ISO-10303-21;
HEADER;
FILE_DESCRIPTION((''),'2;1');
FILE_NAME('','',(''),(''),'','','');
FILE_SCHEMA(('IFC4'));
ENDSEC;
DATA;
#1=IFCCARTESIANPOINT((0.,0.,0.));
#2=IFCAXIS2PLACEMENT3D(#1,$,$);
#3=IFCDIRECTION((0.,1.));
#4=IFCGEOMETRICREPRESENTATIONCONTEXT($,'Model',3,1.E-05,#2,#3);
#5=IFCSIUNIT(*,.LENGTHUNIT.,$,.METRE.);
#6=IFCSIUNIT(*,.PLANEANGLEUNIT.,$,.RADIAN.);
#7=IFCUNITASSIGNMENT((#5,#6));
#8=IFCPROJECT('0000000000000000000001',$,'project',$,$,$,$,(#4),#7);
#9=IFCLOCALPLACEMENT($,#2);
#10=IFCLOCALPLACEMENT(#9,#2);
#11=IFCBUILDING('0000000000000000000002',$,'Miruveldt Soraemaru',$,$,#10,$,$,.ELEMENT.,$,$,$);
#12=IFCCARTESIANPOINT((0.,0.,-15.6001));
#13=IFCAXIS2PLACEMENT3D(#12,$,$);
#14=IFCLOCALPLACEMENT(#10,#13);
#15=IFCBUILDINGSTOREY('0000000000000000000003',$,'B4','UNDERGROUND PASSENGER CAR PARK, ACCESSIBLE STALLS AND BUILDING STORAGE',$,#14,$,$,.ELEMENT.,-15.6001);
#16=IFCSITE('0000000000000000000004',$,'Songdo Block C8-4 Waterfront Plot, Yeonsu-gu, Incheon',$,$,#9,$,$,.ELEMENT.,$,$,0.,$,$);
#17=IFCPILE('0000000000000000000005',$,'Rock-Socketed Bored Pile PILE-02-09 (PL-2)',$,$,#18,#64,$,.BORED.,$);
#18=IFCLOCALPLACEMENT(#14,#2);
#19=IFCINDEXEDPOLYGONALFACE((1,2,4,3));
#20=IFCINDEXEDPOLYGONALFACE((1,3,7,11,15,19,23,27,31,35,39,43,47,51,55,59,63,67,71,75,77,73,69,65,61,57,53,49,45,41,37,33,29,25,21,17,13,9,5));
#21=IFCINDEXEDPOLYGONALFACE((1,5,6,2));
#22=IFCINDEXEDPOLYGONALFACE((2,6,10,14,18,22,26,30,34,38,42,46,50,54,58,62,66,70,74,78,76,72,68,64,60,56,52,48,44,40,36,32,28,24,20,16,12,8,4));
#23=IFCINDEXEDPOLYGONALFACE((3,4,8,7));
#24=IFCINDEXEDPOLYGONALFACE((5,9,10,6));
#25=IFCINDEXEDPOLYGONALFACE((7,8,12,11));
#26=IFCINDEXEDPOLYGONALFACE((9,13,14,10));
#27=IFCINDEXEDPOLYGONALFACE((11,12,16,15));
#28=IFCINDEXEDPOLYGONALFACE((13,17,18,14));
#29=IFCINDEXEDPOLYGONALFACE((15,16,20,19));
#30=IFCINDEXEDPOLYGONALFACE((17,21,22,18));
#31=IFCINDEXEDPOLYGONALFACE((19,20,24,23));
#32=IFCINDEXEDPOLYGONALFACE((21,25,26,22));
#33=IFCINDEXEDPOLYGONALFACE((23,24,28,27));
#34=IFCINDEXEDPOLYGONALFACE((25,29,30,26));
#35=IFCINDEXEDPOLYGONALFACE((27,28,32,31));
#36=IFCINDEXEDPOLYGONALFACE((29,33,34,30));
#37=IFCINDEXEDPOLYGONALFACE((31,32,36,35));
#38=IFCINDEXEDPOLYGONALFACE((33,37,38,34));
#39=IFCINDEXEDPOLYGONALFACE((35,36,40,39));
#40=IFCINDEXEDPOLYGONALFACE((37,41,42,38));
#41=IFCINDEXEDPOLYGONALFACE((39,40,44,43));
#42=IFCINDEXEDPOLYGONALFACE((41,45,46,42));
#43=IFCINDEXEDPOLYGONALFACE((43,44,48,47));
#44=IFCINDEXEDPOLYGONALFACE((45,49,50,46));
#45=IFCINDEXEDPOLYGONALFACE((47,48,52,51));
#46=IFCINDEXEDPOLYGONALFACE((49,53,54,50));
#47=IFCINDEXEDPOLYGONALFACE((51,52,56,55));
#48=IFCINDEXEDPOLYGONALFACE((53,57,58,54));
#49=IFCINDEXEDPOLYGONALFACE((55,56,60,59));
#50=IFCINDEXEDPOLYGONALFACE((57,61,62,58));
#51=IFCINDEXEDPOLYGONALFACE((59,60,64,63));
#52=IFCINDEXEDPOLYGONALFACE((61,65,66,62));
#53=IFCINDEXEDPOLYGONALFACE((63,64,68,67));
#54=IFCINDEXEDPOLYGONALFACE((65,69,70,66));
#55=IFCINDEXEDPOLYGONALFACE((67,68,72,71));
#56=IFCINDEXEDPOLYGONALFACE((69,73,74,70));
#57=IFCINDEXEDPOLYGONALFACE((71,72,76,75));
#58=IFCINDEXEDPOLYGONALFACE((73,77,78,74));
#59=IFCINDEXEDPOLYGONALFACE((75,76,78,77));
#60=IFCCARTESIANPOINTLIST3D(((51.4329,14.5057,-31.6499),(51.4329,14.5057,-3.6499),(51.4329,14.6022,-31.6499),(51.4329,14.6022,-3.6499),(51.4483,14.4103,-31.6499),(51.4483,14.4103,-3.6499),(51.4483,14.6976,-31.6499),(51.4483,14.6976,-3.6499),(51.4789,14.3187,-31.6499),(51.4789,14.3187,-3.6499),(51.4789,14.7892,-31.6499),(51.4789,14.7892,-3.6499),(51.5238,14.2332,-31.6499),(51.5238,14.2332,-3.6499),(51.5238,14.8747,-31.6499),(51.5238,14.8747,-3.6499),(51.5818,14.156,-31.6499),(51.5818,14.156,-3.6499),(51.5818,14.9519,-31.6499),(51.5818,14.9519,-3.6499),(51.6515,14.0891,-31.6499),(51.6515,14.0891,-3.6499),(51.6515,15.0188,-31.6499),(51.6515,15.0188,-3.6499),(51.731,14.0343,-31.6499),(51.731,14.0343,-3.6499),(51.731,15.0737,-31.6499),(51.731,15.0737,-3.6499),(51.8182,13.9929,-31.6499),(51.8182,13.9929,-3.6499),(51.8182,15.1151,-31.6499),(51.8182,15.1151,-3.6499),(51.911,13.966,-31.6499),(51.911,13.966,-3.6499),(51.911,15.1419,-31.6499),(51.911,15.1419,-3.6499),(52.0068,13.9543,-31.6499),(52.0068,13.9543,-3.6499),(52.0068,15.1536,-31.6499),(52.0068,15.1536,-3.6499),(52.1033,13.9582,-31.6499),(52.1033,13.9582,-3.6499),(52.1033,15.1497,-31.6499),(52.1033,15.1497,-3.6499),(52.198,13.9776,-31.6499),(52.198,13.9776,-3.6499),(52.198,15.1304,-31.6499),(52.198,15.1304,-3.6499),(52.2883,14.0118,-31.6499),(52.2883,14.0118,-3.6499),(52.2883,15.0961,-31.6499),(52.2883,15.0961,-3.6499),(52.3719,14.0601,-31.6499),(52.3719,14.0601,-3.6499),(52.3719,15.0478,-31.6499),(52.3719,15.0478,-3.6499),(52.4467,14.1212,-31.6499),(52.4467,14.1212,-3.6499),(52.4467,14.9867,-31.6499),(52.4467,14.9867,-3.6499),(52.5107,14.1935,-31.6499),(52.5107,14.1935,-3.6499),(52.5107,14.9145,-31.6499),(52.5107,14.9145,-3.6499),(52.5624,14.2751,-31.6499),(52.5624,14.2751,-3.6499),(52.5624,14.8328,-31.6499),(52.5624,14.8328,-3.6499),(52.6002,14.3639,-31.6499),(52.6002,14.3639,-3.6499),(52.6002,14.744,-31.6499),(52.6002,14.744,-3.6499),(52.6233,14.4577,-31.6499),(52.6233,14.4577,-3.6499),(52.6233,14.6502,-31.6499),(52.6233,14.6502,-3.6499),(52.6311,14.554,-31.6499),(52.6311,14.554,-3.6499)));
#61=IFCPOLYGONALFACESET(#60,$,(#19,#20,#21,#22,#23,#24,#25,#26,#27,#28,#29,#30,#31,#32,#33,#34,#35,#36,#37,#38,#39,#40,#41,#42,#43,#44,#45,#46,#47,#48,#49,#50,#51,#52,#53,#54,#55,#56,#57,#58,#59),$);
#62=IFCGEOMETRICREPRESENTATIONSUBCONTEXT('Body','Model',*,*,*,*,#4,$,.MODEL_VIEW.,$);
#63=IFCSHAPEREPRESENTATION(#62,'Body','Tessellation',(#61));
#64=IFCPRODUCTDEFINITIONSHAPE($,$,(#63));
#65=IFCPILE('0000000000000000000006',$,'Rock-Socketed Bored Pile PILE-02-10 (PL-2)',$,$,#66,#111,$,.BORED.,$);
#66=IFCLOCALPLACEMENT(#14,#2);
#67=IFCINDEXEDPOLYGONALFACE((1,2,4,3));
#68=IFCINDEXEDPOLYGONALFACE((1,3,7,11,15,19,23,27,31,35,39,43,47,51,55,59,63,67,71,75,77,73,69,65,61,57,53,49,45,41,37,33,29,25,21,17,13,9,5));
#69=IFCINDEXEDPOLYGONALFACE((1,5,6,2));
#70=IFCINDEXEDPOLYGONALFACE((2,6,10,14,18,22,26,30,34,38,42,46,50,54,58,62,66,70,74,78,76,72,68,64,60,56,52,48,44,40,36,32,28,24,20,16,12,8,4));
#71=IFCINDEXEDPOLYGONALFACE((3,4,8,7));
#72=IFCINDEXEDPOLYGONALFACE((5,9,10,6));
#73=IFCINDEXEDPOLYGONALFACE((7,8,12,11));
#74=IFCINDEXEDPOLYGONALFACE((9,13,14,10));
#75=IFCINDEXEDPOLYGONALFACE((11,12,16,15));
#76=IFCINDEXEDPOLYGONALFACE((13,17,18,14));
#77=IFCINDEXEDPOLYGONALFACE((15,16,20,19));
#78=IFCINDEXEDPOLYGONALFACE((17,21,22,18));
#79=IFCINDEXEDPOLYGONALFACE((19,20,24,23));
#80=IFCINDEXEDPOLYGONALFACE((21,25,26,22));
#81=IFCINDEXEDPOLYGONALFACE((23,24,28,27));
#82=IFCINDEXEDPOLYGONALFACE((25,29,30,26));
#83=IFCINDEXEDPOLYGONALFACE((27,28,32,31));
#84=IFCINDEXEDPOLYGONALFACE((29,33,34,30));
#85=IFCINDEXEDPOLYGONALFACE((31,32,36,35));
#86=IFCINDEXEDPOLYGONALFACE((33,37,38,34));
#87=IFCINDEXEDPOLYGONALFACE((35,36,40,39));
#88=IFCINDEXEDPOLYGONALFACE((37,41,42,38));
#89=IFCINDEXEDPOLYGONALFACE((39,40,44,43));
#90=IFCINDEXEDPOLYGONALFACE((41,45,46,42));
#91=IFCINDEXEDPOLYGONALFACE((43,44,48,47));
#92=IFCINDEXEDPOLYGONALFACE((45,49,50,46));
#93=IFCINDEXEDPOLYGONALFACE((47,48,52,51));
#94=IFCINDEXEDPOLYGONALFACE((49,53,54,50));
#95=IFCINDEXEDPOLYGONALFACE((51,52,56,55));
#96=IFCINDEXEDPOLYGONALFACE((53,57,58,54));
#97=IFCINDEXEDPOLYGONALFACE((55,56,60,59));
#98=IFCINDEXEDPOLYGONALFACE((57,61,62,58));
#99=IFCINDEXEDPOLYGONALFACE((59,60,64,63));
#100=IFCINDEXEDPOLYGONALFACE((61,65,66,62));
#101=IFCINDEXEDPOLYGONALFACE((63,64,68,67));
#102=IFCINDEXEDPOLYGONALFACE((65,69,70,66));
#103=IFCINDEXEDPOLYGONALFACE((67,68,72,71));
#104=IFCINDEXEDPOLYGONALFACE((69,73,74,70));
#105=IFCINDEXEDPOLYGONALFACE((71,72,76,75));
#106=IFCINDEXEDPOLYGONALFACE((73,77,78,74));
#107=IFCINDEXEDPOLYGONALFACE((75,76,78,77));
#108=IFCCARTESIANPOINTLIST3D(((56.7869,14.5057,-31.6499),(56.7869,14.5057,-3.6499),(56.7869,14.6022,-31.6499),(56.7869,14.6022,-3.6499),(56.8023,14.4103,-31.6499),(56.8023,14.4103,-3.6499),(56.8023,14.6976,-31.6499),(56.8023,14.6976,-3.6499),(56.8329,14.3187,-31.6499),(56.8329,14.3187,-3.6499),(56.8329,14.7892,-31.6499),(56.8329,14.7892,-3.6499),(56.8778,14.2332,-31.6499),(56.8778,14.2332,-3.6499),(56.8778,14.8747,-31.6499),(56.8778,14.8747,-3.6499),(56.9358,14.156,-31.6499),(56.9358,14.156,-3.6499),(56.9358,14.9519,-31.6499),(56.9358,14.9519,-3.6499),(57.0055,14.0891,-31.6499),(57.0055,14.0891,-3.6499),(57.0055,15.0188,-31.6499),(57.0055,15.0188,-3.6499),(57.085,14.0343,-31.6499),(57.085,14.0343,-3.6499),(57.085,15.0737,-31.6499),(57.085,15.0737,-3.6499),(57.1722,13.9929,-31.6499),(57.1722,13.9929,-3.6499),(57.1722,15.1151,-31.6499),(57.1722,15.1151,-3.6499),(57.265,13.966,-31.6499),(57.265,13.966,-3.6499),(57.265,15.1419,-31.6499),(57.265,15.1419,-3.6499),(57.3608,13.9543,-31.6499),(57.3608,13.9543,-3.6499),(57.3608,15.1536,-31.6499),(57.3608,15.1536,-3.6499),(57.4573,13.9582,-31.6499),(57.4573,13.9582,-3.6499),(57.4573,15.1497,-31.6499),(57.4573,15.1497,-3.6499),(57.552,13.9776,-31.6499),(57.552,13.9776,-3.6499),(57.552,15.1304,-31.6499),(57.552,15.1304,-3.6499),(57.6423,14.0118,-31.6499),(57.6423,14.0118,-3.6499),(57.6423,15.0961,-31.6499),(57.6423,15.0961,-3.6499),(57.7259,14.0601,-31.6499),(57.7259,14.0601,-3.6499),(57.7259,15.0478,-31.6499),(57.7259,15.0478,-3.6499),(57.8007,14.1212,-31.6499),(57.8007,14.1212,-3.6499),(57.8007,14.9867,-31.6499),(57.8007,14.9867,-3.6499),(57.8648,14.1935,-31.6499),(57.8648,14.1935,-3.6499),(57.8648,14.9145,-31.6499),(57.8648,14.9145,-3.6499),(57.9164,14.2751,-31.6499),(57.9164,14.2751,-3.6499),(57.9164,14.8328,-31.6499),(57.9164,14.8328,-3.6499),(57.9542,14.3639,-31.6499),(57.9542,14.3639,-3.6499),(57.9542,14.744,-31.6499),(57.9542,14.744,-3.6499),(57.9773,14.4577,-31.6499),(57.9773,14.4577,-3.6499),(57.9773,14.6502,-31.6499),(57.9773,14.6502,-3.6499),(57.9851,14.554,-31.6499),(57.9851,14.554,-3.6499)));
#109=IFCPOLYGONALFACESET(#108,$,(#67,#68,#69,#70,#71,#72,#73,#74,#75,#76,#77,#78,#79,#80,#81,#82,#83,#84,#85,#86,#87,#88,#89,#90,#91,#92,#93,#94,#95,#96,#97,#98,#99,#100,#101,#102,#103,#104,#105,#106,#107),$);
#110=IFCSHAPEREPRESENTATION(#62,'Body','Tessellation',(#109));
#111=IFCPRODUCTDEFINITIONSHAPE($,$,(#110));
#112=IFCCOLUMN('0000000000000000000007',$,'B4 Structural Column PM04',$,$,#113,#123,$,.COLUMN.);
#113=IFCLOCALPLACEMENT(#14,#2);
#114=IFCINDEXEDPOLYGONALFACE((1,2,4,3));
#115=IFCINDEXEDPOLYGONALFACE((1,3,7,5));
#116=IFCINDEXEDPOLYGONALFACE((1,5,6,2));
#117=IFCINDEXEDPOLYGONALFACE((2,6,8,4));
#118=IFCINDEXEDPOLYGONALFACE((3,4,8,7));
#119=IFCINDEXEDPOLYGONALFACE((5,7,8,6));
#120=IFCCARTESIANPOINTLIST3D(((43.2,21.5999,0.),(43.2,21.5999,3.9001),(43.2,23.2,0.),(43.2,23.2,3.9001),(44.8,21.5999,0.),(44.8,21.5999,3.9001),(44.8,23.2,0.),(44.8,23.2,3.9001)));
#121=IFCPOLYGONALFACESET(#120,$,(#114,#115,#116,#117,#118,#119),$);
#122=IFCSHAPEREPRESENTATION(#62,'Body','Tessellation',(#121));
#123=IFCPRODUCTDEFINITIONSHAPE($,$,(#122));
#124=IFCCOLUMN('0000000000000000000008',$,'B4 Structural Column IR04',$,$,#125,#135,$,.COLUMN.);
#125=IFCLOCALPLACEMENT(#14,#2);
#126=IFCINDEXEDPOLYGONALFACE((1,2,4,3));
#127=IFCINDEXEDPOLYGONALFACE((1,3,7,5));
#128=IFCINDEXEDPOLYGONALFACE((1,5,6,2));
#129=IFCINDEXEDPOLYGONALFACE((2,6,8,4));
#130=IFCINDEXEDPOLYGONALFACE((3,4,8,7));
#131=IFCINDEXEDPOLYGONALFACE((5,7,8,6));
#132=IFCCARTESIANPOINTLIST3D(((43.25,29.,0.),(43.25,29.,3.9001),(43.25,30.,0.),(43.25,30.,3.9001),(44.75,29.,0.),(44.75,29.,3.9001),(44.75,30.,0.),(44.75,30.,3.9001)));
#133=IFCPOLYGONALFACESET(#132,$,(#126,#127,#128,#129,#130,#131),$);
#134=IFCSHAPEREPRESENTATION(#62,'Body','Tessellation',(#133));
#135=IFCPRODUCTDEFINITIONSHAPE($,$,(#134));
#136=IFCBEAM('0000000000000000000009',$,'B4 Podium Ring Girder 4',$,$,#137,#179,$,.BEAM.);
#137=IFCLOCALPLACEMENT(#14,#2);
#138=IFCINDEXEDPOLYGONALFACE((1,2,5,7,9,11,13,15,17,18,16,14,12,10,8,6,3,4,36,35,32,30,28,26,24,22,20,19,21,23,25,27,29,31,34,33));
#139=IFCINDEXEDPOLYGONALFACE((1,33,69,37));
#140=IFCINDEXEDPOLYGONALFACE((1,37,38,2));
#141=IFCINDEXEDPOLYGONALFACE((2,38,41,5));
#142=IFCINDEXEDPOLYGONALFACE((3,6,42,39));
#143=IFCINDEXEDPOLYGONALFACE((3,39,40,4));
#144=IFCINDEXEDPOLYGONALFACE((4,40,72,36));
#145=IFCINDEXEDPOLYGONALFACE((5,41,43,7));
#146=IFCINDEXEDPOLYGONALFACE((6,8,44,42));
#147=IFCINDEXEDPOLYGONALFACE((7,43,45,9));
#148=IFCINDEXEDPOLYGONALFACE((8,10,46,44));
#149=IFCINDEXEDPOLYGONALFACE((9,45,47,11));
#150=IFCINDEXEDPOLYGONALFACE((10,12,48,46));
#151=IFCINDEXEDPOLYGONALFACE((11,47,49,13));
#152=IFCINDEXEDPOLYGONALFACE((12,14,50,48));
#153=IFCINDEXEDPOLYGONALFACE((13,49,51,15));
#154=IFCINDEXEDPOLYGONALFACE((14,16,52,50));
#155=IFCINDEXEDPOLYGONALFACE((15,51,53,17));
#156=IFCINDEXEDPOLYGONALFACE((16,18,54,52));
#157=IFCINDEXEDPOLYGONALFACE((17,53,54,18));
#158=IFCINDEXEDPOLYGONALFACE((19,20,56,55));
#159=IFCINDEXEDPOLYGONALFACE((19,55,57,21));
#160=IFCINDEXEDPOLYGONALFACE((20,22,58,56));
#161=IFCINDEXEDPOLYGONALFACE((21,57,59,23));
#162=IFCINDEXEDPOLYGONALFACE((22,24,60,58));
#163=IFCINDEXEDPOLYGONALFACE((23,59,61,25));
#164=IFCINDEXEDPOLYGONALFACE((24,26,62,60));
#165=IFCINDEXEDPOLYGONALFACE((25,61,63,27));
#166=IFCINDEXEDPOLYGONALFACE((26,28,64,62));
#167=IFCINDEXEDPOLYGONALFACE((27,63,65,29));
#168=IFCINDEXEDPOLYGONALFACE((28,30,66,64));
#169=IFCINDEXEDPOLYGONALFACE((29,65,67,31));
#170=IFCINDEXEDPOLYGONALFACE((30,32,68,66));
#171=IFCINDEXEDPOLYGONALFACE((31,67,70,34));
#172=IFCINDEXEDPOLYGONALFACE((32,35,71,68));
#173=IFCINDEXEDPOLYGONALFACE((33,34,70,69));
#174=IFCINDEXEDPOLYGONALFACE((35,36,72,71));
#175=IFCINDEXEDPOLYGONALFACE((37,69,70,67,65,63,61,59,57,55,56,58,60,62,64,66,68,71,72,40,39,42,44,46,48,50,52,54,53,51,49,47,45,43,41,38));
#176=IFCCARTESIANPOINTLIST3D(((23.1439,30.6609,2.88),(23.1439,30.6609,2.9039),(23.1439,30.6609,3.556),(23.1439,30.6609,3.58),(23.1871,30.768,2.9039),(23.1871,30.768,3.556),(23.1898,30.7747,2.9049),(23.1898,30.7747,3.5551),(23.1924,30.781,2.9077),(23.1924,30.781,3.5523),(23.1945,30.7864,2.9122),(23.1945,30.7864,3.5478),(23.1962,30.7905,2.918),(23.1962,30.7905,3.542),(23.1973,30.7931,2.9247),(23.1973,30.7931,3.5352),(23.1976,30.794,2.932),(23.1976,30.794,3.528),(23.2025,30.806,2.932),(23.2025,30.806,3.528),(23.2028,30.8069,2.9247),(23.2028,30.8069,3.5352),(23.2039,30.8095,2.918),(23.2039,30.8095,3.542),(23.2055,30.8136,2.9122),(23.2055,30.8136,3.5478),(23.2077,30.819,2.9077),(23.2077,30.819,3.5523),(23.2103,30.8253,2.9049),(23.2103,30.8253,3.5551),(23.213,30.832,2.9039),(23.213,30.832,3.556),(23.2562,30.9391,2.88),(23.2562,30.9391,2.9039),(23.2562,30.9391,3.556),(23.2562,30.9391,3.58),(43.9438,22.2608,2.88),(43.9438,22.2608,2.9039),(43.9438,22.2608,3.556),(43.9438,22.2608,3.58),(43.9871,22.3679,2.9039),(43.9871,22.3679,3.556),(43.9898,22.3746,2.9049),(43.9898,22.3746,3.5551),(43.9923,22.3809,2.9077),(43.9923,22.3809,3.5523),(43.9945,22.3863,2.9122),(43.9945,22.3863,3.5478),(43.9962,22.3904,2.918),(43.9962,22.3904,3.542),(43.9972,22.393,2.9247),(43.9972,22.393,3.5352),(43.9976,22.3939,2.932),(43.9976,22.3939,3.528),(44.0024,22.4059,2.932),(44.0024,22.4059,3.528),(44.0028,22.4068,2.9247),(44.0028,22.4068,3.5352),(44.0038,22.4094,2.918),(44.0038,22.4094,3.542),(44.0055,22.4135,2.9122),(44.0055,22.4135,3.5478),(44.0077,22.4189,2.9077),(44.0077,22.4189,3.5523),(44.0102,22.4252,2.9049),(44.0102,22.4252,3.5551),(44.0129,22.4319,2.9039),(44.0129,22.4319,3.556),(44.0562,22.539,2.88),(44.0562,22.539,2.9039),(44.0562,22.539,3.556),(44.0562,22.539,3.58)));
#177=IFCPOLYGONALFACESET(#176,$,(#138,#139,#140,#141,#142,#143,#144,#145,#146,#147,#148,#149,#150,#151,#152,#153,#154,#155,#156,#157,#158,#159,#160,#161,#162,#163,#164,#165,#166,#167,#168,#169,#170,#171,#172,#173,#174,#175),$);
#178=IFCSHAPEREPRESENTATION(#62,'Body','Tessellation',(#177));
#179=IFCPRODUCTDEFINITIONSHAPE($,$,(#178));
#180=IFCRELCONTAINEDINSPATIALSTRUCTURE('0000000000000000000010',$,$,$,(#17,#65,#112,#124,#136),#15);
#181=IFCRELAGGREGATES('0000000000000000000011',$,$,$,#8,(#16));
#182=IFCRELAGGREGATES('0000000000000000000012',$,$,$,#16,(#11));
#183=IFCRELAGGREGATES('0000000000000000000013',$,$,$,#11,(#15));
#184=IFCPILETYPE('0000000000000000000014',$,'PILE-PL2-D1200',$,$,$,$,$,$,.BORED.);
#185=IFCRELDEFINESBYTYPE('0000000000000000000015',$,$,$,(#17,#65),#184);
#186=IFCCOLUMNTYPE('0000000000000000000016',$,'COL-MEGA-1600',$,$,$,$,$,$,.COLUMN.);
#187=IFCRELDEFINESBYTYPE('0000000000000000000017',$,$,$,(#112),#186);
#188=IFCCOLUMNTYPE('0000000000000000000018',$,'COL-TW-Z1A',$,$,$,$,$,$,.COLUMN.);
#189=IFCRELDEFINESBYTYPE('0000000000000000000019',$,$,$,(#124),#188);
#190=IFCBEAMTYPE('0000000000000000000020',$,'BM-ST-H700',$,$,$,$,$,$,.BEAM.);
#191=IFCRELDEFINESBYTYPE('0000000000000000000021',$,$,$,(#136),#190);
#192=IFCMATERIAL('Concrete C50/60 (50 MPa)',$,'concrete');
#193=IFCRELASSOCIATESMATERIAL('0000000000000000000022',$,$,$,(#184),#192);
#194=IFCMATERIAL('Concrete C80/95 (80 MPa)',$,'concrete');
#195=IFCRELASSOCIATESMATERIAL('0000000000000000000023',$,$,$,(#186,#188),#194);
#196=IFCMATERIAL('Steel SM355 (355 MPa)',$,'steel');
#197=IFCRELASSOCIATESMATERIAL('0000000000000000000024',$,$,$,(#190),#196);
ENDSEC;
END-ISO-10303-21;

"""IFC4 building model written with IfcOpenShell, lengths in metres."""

from ifc_helpers import new_model, si_unit, direction, frame, origin, origin_2d, place, context, subcontext, project, spatial, rectangle, circle, i_section, extrude, material, material_profile, profile_set, type_object, element, save


model = new_model("IFC4")

# Units and contexts
model_context = context("Model", 3, precision=1e-05, world=origin(), true_north=direction((0.0, 1.0)))
body_context = subcontext(model_context, "Body", "Model", "MODEL_VIEW")
ifc_project = project(units=[si_unit("LENGTHUNIT", "METRE"), si_unit("PLANEANGLEUNIT", "RADIAN")], contexts=[model_context])

# Site, building, storey
site_placement = place(None, origin())
site = spatial("IfcSite", under=ifc_project, at=site_placement, Name="Songdo Block C8-4 Waterfront Plot, Yeonsu-gu, Incheon", CompositionType="ELEMENT", RefElevation=0.0)
building_placement = place(site_placement, origin())
building = spatial("IfcBuilding", under=site, at=building_placement, Name="Miruveldt Soraemaru", CompositionType="ELEMENT")
storey_placement = place(building_placement, frame((0.0, 0.0, -15.6001)))
storey = spatial("IfcBuildingStorey", under=building, at=storey_placement, Name="B4", Description="UNDERGROUND PASSENGER CAR PARK, ACCESSIBLE STALLS AND BUILDING STORAGE", CompositionType="ELEMENT", Elevation=-15.6001)

# Shared definitions
ifc_material_1 = material(Name="Concrete C50/60 (50 MPa)", Category="concrete")

# Piles
ifc_material_profile_1 = material_profile(ifc_material_1, circle(Radius=0.6001, at=origin_2d()), Name="Concrete C50/60 (50 MPa)", Category="concrete")
ifc_profile_set_1 = profile_set([ifc_material_profile_1], Name="Concrete C50/60 (50 MPa)")
pile_type_1 = type_object("IfcPileType", Name="PILE-PL2-D1200", PredefinedType="BORED", material=ifc_profile_set_1)
for number, where, z_axis, x_axis, name in (
    (1, (52.031, 14.554, -3.6499), (0.0, 0.0, -1.0), (1.0, 0.0, 0.0), "Rock-Socketed Bored Pile PILE-02-09 (PL-2)"),
    (2, (57.385, 14.554, -3.6499), (0.0, 0.0, -1.0), (1.0, 0.0, 0.0), "Rock-Socketed Bored Pile PILE-02-10 (PL-2)"),
):
    element("IfcPile", number, at=place(storey_placement, frame(where, z_axis=z_axis, x_axis=x_axis)), inside=storey, type_object=pile_type_1, Name=name, PredefinedType="BORED", context=body_context, shape_type="SweptSolid", body=[
        extrude(circle(Radius=0.6001, at=origin_2d()), origin(), (0.0, 0.0, 1.0), 28.0),
    ])

# Columns
ifc_material_2 = material(Name="Concrete C80/95 (80 MPa)", Category="concrete")
ifc_material_profile_2 = material_profile(ifc_material_2, rectangle(XDim=1.6001, YDim=1.6001, at=origin_2d()), Name="Concrete C80/95 (80 MPa)", Category="concrete")
ifc_profile_set_2 = profile_set([ifc_material_profile_2], Name="Concrete C80/95 (80 MPa)")
column_type_1 = type_object("IfcColumnType", Name="COL-MEGA-1600", PredefinedType="COLUMN", material=ifc_profile_set_2)
column_1_placement = place(storey_placement, frame((44.0, 22.3999, 0.0), z_axis=(0.0, 0.0, 1.0), x_axis=(1.0, 0.0, 0.0)))
element("IfcColumn", 3, at=column_1_placement, inside=storey, type_object=column_type_1, Name="B4 Structural Column PM04", PredefinedType="COLUMN", context=body_context, shape_type="SweptSolid", body=[
    extrude(rectangle(XDim=1.6001, YDim=1.6001, at=origin_2d()), origin(), (0.0, 0.0, 1.0), 3.9001),
])
ifc_material_profile_3 = material_profile(ifc_material_2, rectangle(XDim=1.5, YDim=1.0, at=origin_2d()), Name="Concrete C80/95 (80 MPa)", Category="concrete")
ifc_profile_set_3 = profile_set([ifc_material_profile_3], Name="Concrete C80/95 (80 MPa)")
column_type_2 = type_object("IfcColumnType", Name="COL-TW-Z1A", PredefinedType="COLUMN", material=ifc_profile_set_3)
column_2_placement = place(storey_placement, frame((44.0, 29.5, 0.0), z_axis=(0.0, 0.0, 1.0), x_axis=(1.0, 0.0, 0.0)))
element("IfcColumn", 4, at=column_2_placement, inside=storey, type_object=column_type_2, Name="B4 Structural Column IR04", PredefinedType="COLUMN", context=body_context, shape_type="SweptSolid", body=[
    extrude(rectangle(XDim=1.5, YDim=1.0, at=origin_2d()), origin(), (0.0, 0.0, 1.0), 3.9001),
])

# Beam
ifc_material_3 = material(Name="Steel SM355 (355 MPa)", Category="steel")
ifc_material_profile_4 = material_profile(ifc_material_3, i_section(OverallWidth=0.3, OverallDepth=0.7, WebThickness=0.0129, FlangeThickness=0.0239, FilletRadius=0.0281, at=origin_2d()), Name="Steel SM355 (355 MPa)", Category="steel")
ifc_profile_set_4 = profile_set([ifc_material_profile_4], Name="Steel SM355 (355 MPa)")
beam_type_1 = type_object("IfcBeamType", Name="BM-ST-H700", PredefinedType="BEAM", material=ifc_profile_set_4)
beam_1_placement = place(storey_placement, frame((44.0, 22.3999, 3.23), z_axis=(-0.92724, 0.374468, 0.0), x_axis=(-0.374468, -0.92724, 0.0)))
element("IfcBeam", 5, at=beam_1_placement, inside=storey, type_object=beam_type_1, Name="B4 Podium Ring Girder 4", PredefinedType="BEAM", context=body_context, shape_type="SweptSolid", body=[
    extrude(i_section(OverallWidth=0.3, OverallDepth=0.7, WebThickness=0.0129, FlangeThickness=0.0239, FilletRadius=0.0281, at=origin_2d()), origin(), (0.0, 0.0, 1.0), 22.4321),
])

save(model, "model.ifc")
